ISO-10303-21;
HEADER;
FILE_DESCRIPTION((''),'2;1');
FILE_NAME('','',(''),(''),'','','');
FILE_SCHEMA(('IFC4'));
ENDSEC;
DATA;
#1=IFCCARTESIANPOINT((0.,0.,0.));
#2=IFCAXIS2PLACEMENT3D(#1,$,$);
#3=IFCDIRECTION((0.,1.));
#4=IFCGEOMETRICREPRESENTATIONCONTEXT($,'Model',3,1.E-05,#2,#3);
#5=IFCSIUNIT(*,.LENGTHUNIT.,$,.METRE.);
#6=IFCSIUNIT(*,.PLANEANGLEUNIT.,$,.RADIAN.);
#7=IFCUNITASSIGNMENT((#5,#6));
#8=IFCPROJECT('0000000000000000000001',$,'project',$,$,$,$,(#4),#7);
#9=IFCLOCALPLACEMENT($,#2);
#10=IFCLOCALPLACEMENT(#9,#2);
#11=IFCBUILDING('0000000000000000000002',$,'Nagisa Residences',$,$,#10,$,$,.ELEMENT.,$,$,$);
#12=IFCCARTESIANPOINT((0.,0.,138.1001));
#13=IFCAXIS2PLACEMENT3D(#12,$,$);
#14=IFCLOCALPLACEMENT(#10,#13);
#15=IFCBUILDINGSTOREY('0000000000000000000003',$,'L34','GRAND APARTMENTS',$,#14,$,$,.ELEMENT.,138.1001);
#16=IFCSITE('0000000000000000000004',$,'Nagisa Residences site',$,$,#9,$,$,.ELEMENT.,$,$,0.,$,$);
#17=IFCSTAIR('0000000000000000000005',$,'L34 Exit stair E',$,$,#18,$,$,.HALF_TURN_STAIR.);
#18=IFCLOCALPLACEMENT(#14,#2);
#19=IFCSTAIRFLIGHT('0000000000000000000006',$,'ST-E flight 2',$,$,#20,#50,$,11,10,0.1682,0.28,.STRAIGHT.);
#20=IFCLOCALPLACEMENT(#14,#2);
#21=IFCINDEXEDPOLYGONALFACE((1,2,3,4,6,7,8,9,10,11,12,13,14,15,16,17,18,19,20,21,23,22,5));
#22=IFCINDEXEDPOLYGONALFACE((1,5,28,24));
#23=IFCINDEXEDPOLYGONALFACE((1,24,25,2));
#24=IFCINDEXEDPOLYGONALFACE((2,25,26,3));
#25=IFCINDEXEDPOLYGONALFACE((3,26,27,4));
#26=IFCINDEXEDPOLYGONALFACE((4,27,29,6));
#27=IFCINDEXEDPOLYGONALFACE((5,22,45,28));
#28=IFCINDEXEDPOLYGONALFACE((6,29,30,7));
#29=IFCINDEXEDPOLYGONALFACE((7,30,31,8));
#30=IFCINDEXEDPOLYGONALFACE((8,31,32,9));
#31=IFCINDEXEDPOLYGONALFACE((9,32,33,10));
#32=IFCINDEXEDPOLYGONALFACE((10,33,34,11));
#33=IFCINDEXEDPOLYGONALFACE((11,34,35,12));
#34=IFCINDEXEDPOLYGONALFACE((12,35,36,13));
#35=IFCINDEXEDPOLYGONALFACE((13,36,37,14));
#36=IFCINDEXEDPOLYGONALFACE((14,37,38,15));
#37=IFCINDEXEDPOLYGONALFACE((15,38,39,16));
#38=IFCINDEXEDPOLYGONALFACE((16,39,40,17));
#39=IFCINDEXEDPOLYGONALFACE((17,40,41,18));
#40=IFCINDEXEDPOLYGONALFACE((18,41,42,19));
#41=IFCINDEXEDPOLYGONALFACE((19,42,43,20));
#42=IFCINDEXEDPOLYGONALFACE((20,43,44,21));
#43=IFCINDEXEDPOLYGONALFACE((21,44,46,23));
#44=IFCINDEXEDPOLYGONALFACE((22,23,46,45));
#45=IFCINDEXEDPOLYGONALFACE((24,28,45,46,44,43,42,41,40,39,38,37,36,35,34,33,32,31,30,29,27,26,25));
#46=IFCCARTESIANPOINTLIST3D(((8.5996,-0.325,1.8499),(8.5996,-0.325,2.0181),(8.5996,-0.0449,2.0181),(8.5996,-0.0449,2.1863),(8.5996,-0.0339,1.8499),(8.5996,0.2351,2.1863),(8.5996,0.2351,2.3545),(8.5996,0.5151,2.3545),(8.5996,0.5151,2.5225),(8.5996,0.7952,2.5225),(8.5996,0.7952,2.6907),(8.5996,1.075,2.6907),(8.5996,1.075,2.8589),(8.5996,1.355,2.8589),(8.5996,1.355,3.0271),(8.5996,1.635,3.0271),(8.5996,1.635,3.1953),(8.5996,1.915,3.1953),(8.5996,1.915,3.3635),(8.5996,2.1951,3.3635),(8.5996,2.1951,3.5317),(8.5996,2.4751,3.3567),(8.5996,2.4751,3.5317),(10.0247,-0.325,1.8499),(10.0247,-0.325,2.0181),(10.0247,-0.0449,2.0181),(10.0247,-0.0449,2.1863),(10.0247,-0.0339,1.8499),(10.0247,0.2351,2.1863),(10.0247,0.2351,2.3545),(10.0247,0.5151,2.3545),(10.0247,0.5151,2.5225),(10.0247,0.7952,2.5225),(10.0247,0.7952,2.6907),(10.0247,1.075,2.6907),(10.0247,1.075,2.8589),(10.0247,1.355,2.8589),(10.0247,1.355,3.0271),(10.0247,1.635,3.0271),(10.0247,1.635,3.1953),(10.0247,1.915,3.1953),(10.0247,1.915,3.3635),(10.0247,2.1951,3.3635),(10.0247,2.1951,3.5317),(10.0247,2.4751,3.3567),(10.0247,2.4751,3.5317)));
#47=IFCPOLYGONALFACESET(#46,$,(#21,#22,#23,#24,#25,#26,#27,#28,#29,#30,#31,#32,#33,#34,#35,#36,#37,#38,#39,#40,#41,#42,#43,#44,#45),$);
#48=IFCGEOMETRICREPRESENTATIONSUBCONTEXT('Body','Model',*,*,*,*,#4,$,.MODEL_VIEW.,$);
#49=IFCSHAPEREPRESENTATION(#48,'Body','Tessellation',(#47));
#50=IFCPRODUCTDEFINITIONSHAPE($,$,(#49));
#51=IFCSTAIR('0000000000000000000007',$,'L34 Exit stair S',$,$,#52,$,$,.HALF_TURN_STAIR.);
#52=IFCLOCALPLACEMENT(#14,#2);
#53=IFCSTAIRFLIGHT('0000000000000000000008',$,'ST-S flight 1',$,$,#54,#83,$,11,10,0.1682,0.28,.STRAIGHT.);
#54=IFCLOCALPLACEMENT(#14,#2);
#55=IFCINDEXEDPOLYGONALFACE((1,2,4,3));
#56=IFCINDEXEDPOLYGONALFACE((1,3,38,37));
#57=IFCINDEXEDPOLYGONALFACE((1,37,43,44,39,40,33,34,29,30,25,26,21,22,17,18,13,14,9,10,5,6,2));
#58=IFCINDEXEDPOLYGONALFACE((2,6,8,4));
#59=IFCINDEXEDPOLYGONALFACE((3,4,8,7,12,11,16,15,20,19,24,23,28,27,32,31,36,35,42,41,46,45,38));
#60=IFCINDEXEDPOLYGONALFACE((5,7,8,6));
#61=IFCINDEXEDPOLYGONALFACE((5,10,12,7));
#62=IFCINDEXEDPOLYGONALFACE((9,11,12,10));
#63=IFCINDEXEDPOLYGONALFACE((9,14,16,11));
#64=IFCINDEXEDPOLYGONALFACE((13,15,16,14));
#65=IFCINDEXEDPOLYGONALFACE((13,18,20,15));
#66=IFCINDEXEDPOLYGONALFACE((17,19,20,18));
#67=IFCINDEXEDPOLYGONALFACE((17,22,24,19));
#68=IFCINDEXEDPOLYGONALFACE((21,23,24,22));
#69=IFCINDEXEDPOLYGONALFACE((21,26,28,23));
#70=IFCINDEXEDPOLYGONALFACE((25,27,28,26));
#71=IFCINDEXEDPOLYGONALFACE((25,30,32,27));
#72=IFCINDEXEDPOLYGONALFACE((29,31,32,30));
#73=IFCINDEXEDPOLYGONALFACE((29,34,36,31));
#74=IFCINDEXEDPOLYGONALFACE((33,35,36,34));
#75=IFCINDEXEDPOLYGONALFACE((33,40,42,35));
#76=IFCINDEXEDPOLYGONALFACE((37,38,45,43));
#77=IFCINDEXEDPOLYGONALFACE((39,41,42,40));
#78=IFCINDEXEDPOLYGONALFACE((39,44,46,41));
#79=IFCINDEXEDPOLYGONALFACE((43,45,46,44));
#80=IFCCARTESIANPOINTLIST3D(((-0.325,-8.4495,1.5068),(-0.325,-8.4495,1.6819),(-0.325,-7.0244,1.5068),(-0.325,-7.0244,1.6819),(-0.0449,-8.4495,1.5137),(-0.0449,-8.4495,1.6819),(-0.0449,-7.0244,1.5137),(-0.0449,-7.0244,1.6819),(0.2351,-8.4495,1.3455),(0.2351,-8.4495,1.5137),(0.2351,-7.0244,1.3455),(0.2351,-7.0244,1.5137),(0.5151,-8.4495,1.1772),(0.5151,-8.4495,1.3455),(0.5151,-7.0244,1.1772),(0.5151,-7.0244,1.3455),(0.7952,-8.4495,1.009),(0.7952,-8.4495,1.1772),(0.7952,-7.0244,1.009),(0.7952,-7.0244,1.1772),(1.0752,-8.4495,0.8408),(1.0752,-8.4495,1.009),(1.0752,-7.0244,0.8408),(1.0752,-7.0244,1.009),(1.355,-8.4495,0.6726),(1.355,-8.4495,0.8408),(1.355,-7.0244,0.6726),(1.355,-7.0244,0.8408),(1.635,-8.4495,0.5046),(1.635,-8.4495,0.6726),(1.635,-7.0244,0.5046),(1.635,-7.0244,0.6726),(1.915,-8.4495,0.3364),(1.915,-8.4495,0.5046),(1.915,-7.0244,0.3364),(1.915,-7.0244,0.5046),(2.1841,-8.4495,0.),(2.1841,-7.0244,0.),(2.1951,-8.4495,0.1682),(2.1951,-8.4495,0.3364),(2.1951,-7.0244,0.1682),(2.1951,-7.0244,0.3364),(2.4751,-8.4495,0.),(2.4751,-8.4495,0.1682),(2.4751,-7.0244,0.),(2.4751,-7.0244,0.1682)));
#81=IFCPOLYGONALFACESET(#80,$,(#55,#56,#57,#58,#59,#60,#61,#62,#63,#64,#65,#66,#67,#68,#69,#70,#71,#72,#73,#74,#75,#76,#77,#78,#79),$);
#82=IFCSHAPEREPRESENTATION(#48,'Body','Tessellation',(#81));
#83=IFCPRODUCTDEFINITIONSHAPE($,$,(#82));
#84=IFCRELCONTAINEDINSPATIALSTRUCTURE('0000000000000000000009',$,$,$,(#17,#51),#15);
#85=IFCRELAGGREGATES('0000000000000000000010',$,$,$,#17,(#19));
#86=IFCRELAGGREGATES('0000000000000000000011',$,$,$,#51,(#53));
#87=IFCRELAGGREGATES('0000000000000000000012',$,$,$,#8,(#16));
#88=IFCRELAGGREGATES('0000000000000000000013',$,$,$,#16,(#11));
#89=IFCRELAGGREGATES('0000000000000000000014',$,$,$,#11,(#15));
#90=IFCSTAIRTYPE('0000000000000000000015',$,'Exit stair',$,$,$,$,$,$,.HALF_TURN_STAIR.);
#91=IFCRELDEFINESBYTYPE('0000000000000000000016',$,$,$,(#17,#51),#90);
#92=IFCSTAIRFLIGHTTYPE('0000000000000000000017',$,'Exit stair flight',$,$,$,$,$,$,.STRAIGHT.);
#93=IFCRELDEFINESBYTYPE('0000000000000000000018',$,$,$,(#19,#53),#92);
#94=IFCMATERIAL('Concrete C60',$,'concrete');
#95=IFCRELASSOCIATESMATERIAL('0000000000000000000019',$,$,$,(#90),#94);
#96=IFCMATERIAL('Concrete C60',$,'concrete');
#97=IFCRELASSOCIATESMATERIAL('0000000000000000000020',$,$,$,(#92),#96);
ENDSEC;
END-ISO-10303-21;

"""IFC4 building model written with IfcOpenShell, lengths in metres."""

from ifc_helpers import new_model, si_unit, direction, frame, origin, place, context, subcontext, project, spatial, polyline, outline, extrude, material, type_object, element, aggregate, save


model = new_model("IFC4")

# Units and contexts
model_context = context("Model", 3, precision=1e-05, world=origin(), true_north=direction((0.0, 1.0)))
body_context = subcontext(model_context, "Body", "Model", "MODEL_VIEW")
ifc_project = project(units=[si_unit("LENGTHUNIT", "METRE"), si_unit("PLANEANGLEUNIT", "RADIAN")], contexts=[model_context])

# Site, building, storey
site_placement = place(None, origin())
site = spatial("IfcSite", under=ifc_project, at=site_placement, Name="Nagisa Residences site", CompositionType="ELEMENT", RefElevation=0.0)
building_placement = place(site_placement, origin())
building = spatial("IfcBuilding", under=site, at=building_placement, Name="Nagisa Residences", CompositionType="ELEMENT")
storey_placement = place(building_placement, frame((0.0, 0.0, 138.1001)))
storey = spatial("IfcBuildingStorey", under=building, at=storey_placement, Name="L34", Description="GRAND APARTMENTS", CompositionType="ELEMENT", Elevation=138.1001)

# Stairs, stair flights
ifc_material_1 = material(Name="Concrete C60", Category="concrete")
stair_type = type_object("IfcStairType", Name="Exit stair", PredefinedType="HALF_TURN_STAIR", material=ifc_material_1)
stair_1_placement = place(storey_placement, origin())
stair_1 = element("IfcStair", 1, at=stair_1_placement, inside=storey, type_object=stair_type, Name="L34 Exit stair E", PredefinedType="HALF_TURN_STAIR")
ifc_material_2 = material(Name="Concrete C60", Category="concrete")
stair_flight_type = type_object("IfcStairFlightType", Name="Exit stair flight", PredefinedType="STRAIGHT", material=ifc_material_2)
stair_flight_1_placement = place(storey_placement, frame((9.312, -0.325, 1.8499), z_axis=(0.0, 0.0, 1.0), x_axis=(0.0, 1.0, 0.0)))
stair_flight_1 = element("IfcStairFlight", 2, at=stair_flight_1_placement, type_object=stair_flight_type, Name="ST-E flight 2", NumberOfRisers=11, NumberOfTreads=10, PredefinedType="STRAIGHT", RiserHeight=0.1682, TreadLength=0.28, context=body_context, shape_type="SweptSolid", body=[
    extrude(outline(polyline([(0.0, 0.0), (0.0, 0.1682), (0.28, 0.1682), (0.28, 0.3364), (0.5601, 0.3364), (0.5601, 0.5046), (0.8401, 0.5046), (0.8401, 0.6726), (1.1201, 0.6726), (1.1201, 0.8408), (1.3999, 0.8408), (1.3999, 1.009), (1.6799, 1.009), (1.6799, 1.1772), (1.96, 1.1772), (1.96, 1.3455), (2.24, 1.3455), (2.24, 1.5137), (2.52, 1.5137), (2.52, 1.6819), (2.8, 1.6819), (2.8, 1.8501), (2.8, 1.5068), (0.291, 0.0), (0.0, 0.0)])), frame((0.0, 0.7124, 0.0), z_axis=(0.0, -1.0, 0.0), x_axis=(1.0, 0.0, 0.0)), (0.0, 0.0, 1.0), 1.425),
])
aggregate(stair_1, [stair_flight_1])
stair_2_placement = place(storey_placement, origin())
stair_2 = element("IfcStair", 3, at=stair_2_placement, inside=storey, type_object=stair_type, Name="L34 Exit stair S", PredefinedType="HALF_TURN_STAIR")
stair_flight_2_placement = place(storey_placement, frame((2.4751, -7.7371, 0.0), z_axis=(0.0, 0.0, 1.0), x_axis=(-1.0, 0.0, 0.0)))
stair_flight_2 = element("IfcStairFlight", 4, at=stair_flight_2_placement, type_object=stair_flight_type, Name="ST-S flight 1", NumberOfRisers=11, NumberOfTreads=10, PredefinedType="STRAIGHT", RiserHeight=0.1682, TreadLength=0.28, context=body_context, shape_type="SweptSolid", body=[
    extrude(outline(polyline([(0.0, 0.0), (0.0, 0.1682), (0.28, 0.1682), (0.28, 0.3364), (0.5601, 0.3364), (0.5601, 0.5046), (0.8401, 0.5046), (0.8401, 0.6726), (1.1201, 0.6726), (1.1201, 0.8408), (1.3999, 0.8408), (1.3999, 1.009), (1.6799, 1.009), (1.6799, 1.1772), (1.96, 1.1772), (1.96, 1.3455), (2.24, 1.3455), (2.24, 1.5137), (2.52, 1.5137), (2.52, 1.6819), (2.8, 1.6819), (2.8, 1.8501), (2.8, 1.5068), (0.291, 0.0), (0.0, 0.0)])), frame((0.0, 0.7124, 0.0), z_axis=(0.0, -1.0, 0.0), x_axis=(1.0, 0.0, 0.0)), (0.0, 0.0, 1.0), 1.425),
])
aggregate(stair_2, [stair_flight_2])

save(model, "model.ifc")
